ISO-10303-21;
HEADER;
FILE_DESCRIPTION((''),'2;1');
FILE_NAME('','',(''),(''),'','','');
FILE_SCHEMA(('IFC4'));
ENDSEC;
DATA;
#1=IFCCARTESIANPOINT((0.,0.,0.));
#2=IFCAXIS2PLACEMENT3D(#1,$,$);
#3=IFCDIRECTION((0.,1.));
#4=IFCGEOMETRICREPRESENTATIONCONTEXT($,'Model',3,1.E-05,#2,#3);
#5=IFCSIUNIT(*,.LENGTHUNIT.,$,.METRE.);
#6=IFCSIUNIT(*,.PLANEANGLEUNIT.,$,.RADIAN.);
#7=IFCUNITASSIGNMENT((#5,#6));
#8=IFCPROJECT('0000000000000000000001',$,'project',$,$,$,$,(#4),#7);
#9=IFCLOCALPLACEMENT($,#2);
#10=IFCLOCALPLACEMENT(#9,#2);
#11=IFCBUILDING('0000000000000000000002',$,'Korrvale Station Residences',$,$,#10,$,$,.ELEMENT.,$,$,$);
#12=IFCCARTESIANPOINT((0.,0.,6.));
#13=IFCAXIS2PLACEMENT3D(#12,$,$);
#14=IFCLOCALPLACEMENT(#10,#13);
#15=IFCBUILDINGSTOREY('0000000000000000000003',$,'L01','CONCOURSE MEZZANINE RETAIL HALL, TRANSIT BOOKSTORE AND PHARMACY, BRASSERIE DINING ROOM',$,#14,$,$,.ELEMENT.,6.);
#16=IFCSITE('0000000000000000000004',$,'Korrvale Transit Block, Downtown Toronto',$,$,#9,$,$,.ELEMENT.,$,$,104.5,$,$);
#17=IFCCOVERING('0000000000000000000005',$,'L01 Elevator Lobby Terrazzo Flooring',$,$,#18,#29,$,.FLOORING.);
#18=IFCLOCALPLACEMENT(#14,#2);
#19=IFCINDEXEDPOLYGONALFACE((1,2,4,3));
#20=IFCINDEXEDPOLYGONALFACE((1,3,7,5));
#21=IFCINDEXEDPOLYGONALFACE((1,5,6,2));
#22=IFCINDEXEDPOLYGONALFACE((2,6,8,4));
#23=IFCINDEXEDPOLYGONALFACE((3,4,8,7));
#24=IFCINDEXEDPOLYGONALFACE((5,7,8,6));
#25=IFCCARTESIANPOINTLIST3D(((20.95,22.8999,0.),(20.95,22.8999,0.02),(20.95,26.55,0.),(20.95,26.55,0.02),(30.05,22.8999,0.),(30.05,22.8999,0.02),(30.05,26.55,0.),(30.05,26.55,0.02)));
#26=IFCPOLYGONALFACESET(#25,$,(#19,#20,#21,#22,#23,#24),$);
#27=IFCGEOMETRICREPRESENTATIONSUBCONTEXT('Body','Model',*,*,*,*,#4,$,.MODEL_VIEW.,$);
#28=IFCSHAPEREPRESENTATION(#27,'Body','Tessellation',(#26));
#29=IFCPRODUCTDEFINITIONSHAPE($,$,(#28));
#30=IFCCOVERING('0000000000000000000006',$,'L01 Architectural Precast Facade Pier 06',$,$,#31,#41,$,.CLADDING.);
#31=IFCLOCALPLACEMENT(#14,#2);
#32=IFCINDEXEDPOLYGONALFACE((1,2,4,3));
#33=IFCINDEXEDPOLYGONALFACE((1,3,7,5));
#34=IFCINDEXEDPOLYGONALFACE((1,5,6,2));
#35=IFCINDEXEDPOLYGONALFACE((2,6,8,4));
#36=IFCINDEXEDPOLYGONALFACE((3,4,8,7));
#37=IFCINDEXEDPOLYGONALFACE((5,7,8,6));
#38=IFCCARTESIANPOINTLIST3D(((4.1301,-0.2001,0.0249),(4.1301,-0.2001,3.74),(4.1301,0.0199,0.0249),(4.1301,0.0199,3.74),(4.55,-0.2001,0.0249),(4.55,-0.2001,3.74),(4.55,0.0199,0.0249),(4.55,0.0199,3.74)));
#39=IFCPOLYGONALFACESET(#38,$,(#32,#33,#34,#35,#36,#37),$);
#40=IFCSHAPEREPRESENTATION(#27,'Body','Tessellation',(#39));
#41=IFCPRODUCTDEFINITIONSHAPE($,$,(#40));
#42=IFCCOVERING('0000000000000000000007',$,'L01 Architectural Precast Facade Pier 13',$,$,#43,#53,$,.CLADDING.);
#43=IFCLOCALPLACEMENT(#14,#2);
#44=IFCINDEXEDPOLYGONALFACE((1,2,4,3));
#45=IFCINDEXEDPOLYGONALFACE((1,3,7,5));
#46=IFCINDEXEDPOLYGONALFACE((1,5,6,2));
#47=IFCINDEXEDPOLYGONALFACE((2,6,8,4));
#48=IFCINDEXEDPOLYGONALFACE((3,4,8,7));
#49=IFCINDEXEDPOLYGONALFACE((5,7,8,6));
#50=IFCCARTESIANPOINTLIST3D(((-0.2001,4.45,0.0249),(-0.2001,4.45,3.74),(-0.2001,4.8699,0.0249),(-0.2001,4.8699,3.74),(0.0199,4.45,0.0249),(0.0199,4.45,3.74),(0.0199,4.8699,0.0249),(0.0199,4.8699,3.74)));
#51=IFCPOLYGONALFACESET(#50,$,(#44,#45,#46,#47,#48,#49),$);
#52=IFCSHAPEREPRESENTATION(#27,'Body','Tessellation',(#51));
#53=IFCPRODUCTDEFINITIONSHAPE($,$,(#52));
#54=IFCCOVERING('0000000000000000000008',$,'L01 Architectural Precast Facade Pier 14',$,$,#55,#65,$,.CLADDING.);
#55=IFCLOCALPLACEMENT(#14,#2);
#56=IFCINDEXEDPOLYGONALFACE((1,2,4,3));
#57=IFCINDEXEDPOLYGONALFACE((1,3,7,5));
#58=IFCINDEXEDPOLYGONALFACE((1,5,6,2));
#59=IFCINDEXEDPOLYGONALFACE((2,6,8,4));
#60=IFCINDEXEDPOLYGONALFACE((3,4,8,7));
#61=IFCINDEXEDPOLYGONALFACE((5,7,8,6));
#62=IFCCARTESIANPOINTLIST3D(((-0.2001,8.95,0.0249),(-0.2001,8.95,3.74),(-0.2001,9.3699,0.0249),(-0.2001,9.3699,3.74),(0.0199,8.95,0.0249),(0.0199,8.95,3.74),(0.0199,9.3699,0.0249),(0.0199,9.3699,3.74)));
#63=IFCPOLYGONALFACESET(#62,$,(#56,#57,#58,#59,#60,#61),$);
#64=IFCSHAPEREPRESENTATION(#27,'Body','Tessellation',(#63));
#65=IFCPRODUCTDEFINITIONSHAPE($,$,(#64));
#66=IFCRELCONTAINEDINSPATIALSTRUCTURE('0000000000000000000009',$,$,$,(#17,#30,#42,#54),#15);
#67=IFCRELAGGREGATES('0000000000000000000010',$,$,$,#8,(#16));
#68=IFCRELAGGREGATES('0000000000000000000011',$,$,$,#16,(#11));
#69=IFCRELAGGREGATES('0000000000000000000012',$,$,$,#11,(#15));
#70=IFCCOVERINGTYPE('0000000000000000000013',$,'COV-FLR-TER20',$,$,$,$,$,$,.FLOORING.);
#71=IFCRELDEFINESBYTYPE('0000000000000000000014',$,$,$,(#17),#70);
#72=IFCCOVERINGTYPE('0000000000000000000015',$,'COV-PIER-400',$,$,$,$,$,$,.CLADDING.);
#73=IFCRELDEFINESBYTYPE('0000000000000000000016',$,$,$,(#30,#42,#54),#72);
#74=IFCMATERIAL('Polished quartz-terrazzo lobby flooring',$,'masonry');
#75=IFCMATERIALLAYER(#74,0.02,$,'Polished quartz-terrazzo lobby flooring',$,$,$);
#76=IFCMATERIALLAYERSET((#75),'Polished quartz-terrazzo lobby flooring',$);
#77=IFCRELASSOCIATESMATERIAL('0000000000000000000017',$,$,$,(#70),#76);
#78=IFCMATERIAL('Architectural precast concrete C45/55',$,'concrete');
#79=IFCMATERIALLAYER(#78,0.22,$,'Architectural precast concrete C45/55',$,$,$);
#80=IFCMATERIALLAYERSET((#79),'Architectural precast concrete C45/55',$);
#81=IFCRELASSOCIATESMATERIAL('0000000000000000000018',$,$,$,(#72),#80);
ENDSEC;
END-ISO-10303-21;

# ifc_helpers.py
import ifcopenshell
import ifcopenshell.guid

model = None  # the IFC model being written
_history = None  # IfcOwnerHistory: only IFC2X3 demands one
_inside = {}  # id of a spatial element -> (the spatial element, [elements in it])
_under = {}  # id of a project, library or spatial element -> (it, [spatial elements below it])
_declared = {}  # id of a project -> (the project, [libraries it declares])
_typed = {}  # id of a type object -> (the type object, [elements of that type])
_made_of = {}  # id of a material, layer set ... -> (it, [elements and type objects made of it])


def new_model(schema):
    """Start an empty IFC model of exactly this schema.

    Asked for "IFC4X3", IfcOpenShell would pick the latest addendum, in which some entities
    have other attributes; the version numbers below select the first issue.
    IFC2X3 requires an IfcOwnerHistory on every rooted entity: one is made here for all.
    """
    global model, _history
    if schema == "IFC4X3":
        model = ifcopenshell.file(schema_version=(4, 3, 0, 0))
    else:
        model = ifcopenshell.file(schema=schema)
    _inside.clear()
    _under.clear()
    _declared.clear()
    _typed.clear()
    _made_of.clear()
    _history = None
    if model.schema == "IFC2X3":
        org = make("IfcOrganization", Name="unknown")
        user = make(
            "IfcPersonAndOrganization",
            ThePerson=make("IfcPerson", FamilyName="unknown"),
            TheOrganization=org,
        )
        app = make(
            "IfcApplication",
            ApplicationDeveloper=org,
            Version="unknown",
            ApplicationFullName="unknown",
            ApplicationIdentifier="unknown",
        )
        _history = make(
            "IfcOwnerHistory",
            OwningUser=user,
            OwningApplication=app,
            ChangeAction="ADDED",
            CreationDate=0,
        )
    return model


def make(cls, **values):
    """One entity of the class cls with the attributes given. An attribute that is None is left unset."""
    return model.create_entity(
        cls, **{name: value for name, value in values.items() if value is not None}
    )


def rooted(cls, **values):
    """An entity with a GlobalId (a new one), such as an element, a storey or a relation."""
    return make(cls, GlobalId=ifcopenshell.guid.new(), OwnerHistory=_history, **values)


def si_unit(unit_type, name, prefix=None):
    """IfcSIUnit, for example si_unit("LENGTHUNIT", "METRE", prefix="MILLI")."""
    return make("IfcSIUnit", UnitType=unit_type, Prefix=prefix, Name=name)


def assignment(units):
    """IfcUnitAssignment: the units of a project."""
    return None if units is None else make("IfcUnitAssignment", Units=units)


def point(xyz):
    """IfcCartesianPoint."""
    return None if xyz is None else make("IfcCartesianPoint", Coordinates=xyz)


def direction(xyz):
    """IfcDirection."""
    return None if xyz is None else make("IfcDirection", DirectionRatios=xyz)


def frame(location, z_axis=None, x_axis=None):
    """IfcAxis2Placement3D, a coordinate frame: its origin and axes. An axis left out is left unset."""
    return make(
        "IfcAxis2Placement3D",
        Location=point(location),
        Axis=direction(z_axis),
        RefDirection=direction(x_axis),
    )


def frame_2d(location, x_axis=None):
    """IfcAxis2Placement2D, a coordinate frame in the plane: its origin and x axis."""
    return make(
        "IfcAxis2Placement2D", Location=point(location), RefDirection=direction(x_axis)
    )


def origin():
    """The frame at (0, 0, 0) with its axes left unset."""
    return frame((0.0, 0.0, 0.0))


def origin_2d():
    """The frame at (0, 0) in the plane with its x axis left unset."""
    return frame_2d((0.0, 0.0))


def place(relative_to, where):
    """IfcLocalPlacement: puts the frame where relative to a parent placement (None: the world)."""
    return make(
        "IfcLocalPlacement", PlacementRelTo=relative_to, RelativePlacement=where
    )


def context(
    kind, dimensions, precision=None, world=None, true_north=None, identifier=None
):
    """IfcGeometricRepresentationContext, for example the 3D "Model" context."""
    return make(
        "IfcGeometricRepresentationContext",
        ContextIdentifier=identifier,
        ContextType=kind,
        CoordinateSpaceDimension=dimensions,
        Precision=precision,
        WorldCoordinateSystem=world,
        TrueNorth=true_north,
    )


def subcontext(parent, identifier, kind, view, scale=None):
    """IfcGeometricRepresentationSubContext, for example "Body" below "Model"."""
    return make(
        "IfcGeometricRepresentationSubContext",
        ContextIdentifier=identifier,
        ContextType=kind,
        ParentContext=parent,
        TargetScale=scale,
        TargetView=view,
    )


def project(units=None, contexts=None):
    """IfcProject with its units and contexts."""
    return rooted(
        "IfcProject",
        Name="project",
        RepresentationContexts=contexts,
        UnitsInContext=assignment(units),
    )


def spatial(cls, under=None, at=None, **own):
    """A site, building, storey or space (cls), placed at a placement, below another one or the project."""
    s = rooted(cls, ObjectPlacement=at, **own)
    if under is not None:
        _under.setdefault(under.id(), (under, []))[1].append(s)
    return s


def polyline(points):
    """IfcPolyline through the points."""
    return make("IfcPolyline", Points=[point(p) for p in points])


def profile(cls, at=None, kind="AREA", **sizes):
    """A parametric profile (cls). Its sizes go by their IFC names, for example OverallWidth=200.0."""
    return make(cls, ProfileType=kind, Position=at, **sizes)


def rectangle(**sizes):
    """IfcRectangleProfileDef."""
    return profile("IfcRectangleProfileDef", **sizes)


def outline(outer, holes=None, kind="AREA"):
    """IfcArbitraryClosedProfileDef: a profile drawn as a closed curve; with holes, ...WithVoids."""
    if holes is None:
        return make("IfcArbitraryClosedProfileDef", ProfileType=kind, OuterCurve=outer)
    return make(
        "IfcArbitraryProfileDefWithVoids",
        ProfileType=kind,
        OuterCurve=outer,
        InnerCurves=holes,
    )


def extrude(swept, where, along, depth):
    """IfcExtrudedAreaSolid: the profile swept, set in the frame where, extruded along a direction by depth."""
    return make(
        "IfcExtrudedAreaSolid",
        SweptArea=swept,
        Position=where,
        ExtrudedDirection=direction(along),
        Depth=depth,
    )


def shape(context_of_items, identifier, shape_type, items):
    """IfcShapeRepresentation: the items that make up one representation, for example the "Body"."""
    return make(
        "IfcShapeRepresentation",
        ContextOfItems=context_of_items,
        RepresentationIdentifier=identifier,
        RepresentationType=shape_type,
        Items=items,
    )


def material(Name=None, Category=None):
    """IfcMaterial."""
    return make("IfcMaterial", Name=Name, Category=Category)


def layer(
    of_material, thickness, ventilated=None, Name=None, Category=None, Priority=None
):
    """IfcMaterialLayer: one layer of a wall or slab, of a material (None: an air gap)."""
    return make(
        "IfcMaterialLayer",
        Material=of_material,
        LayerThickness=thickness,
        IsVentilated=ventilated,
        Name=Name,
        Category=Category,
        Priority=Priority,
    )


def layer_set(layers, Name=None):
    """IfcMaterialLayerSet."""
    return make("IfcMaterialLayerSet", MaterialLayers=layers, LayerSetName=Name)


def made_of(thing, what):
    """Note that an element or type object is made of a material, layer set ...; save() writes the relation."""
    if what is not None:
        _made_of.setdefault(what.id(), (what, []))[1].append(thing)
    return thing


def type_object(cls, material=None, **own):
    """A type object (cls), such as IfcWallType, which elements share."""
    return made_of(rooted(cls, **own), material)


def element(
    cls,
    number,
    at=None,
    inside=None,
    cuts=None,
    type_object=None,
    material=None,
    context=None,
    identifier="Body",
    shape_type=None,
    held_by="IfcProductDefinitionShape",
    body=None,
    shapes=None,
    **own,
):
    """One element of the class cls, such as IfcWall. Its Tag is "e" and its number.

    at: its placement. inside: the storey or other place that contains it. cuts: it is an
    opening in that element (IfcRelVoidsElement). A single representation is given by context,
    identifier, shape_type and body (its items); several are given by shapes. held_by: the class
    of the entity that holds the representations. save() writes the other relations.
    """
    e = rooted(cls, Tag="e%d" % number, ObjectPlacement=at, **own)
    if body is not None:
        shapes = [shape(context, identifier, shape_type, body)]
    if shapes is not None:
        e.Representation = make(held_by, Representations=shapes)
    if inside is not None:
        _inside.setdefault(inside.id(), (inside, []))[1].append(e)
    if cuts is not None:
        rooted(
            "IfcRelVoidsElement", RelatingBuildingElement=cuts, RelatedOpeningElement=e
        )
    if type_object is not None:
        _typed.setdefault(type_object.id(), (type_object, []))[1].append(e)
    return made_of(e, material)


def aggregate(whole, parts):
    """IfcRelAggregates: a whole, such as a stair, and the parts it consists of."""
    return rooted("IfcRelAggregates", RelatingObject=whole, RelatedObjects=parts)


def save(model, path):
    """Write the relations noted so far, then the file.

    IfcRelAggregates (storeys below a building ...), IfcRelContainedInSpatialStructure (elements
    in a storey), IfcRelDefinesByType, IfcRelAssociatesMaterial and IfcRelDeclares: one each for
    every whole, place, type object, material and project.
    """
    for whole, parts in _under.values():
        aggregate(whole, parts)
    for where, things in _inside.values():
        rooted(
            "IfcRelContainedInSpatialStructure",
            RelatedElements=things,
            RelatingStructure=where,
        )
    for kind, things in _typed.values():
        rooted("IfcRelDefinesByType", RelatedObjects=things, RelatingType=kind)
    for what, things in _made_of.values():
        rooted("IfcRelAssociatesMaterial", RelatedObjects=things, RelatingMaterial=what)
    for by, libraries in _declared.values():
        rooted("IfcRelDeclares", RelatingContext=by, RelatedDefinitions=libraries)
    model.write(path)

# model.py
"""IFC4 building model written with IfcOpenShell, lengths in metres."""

from ifc_helpers import new_model, si_unit, direction, frame, origin, origin_2d, place, context, subcontext, project, spatial, polyline, rectangle, outline, extrude, material, layer, layer_set, type_object, element, save


model = new_model("IFC4")

# Units and contexts
model_context = context("Model", 3, precision=1e-05, world=origin(), true_north=direction((0.0, 1.0)))
body_context = subcontext(model_context, "Body", "Model", "MODEL_VIEW")
ifc_project = project(units=[si_unit("LENGTHUNIT", "METRE"), si_unit("PLANEANGLEUNIT", "RADIAN")], contexts=[model_context])

# Site, building, storey
site_placement = place(None, origin())
site = spatial("IfcSite", under=ifc_project, at=site_placement, Name="Korrvale Transit Block, Downtown Toronto", CompositionType="ELEMENT", RefElevation=104.5)
building_placement = place(site_placement, origin())
building = spatial("IfcBuilding", under=site, at=building_placement, Name="Korrvale Station Residences", CompositionType="ELEMENT")
storey_placement = place(building_placement, frame((0.0, 0.0, 6.0)))
storey = spatial("IfcBuildingStorey", under=building, at=storey_placement, Name="L01", Description="CONCOURSE MEZZANINE RETAIL HALL, TRANSIT BOOKSTORE AND PHARMACY, BRASSERIE DINING ROOM", CompositionType="ELEMENT", Elevation=6.0)

# Coverings
ifc_material_1 = material(Name="Polished quartz-terrazzo lobby flooring", Category="masonry")
ifc_layer_1 = layer(ifc_material_1, 0.02, Name="Polished quartz-terrazzo lobby flooring")
ifc_layer_set_1 = layer_set([ifc_layer_1], Name="Polished quartz-terrazzo lobby flooring")
covering_type_1 = type_object("IfcCoveringType", Name="COV-FLR-TER20", PredefinedType="FLOORING", material=ifc_layer_set_1)
covering_1_placement = place(storey_placement, origin())
element("IfcCovering", 1, at=covering_1_placement, inside=storey, type_object=covering_type_1, Name="L01 Elevator Lobby Terrazzo Flooring", PredefinedType="FLOORING", context=body_context, shape_type="SweptSolid", body=[
    extrude(outline(polyline([(20.95, 22.8999), (30.05, 22.8999), (30.05, 26.55), (20.95, 26.55), (20.95, 22.8999)])), origin(), (0.0, 0.0, 1.0), 0.02),
])
ifc_material_2 = material(Name="Architectural precast concrete C45/55", Category="concrete")
ifc_layer_2 = layer(ifc_material_2, 0.22, Name="Architectural precast concrete C45/55")
ifc_layer_set_2 = layer_set([ifc_layer_2], Name="Architectural precast concrete C45/55")
covering_type_2 = type_object("IfcCoveringType", Name="COV-PIER-400", PredefinedType="CLADDING", material=ifc_layer_set_2)
for number, where, z_axis, x_axis, name in (
    (2, (4.3401, -0.0901, 0.0249), (0.0, 0.0, 1.0), (1.0, 0.0, 0.0), "L01 Architectural Precast Facade Pier 06"),
    (3, (-0.0901, 4.6599, 0.0249), (0.0, 0.0, 1.0), (0.0, 1.0, 0.0), "L01 Architectural Precast Facade Pier 13"),
    (4, (-0.0901, 9.1599, 0.0249), (0.0, 0.0, 1.0), (0.0, 1.0, 0.0), "L01 Architectural Precast Facade Pier 14"),
):
    element("IfcCovering", number, at=place(storey_placement, frame(where, z_axis=z_axis, x_axis=x_axis)), inside=storey, type_object=covering_type_2, Name=name, PredefinedType="CLADDING", context=body_context, shape_type="SweptSolid", body=[
        extrude(rectangle(XDim=0.4199, YDim=0.22, at=origin_2d()), origin(), (0.0, 0.0, 1.0), 3.7151),
    ])

save(model, "model.ifc")
